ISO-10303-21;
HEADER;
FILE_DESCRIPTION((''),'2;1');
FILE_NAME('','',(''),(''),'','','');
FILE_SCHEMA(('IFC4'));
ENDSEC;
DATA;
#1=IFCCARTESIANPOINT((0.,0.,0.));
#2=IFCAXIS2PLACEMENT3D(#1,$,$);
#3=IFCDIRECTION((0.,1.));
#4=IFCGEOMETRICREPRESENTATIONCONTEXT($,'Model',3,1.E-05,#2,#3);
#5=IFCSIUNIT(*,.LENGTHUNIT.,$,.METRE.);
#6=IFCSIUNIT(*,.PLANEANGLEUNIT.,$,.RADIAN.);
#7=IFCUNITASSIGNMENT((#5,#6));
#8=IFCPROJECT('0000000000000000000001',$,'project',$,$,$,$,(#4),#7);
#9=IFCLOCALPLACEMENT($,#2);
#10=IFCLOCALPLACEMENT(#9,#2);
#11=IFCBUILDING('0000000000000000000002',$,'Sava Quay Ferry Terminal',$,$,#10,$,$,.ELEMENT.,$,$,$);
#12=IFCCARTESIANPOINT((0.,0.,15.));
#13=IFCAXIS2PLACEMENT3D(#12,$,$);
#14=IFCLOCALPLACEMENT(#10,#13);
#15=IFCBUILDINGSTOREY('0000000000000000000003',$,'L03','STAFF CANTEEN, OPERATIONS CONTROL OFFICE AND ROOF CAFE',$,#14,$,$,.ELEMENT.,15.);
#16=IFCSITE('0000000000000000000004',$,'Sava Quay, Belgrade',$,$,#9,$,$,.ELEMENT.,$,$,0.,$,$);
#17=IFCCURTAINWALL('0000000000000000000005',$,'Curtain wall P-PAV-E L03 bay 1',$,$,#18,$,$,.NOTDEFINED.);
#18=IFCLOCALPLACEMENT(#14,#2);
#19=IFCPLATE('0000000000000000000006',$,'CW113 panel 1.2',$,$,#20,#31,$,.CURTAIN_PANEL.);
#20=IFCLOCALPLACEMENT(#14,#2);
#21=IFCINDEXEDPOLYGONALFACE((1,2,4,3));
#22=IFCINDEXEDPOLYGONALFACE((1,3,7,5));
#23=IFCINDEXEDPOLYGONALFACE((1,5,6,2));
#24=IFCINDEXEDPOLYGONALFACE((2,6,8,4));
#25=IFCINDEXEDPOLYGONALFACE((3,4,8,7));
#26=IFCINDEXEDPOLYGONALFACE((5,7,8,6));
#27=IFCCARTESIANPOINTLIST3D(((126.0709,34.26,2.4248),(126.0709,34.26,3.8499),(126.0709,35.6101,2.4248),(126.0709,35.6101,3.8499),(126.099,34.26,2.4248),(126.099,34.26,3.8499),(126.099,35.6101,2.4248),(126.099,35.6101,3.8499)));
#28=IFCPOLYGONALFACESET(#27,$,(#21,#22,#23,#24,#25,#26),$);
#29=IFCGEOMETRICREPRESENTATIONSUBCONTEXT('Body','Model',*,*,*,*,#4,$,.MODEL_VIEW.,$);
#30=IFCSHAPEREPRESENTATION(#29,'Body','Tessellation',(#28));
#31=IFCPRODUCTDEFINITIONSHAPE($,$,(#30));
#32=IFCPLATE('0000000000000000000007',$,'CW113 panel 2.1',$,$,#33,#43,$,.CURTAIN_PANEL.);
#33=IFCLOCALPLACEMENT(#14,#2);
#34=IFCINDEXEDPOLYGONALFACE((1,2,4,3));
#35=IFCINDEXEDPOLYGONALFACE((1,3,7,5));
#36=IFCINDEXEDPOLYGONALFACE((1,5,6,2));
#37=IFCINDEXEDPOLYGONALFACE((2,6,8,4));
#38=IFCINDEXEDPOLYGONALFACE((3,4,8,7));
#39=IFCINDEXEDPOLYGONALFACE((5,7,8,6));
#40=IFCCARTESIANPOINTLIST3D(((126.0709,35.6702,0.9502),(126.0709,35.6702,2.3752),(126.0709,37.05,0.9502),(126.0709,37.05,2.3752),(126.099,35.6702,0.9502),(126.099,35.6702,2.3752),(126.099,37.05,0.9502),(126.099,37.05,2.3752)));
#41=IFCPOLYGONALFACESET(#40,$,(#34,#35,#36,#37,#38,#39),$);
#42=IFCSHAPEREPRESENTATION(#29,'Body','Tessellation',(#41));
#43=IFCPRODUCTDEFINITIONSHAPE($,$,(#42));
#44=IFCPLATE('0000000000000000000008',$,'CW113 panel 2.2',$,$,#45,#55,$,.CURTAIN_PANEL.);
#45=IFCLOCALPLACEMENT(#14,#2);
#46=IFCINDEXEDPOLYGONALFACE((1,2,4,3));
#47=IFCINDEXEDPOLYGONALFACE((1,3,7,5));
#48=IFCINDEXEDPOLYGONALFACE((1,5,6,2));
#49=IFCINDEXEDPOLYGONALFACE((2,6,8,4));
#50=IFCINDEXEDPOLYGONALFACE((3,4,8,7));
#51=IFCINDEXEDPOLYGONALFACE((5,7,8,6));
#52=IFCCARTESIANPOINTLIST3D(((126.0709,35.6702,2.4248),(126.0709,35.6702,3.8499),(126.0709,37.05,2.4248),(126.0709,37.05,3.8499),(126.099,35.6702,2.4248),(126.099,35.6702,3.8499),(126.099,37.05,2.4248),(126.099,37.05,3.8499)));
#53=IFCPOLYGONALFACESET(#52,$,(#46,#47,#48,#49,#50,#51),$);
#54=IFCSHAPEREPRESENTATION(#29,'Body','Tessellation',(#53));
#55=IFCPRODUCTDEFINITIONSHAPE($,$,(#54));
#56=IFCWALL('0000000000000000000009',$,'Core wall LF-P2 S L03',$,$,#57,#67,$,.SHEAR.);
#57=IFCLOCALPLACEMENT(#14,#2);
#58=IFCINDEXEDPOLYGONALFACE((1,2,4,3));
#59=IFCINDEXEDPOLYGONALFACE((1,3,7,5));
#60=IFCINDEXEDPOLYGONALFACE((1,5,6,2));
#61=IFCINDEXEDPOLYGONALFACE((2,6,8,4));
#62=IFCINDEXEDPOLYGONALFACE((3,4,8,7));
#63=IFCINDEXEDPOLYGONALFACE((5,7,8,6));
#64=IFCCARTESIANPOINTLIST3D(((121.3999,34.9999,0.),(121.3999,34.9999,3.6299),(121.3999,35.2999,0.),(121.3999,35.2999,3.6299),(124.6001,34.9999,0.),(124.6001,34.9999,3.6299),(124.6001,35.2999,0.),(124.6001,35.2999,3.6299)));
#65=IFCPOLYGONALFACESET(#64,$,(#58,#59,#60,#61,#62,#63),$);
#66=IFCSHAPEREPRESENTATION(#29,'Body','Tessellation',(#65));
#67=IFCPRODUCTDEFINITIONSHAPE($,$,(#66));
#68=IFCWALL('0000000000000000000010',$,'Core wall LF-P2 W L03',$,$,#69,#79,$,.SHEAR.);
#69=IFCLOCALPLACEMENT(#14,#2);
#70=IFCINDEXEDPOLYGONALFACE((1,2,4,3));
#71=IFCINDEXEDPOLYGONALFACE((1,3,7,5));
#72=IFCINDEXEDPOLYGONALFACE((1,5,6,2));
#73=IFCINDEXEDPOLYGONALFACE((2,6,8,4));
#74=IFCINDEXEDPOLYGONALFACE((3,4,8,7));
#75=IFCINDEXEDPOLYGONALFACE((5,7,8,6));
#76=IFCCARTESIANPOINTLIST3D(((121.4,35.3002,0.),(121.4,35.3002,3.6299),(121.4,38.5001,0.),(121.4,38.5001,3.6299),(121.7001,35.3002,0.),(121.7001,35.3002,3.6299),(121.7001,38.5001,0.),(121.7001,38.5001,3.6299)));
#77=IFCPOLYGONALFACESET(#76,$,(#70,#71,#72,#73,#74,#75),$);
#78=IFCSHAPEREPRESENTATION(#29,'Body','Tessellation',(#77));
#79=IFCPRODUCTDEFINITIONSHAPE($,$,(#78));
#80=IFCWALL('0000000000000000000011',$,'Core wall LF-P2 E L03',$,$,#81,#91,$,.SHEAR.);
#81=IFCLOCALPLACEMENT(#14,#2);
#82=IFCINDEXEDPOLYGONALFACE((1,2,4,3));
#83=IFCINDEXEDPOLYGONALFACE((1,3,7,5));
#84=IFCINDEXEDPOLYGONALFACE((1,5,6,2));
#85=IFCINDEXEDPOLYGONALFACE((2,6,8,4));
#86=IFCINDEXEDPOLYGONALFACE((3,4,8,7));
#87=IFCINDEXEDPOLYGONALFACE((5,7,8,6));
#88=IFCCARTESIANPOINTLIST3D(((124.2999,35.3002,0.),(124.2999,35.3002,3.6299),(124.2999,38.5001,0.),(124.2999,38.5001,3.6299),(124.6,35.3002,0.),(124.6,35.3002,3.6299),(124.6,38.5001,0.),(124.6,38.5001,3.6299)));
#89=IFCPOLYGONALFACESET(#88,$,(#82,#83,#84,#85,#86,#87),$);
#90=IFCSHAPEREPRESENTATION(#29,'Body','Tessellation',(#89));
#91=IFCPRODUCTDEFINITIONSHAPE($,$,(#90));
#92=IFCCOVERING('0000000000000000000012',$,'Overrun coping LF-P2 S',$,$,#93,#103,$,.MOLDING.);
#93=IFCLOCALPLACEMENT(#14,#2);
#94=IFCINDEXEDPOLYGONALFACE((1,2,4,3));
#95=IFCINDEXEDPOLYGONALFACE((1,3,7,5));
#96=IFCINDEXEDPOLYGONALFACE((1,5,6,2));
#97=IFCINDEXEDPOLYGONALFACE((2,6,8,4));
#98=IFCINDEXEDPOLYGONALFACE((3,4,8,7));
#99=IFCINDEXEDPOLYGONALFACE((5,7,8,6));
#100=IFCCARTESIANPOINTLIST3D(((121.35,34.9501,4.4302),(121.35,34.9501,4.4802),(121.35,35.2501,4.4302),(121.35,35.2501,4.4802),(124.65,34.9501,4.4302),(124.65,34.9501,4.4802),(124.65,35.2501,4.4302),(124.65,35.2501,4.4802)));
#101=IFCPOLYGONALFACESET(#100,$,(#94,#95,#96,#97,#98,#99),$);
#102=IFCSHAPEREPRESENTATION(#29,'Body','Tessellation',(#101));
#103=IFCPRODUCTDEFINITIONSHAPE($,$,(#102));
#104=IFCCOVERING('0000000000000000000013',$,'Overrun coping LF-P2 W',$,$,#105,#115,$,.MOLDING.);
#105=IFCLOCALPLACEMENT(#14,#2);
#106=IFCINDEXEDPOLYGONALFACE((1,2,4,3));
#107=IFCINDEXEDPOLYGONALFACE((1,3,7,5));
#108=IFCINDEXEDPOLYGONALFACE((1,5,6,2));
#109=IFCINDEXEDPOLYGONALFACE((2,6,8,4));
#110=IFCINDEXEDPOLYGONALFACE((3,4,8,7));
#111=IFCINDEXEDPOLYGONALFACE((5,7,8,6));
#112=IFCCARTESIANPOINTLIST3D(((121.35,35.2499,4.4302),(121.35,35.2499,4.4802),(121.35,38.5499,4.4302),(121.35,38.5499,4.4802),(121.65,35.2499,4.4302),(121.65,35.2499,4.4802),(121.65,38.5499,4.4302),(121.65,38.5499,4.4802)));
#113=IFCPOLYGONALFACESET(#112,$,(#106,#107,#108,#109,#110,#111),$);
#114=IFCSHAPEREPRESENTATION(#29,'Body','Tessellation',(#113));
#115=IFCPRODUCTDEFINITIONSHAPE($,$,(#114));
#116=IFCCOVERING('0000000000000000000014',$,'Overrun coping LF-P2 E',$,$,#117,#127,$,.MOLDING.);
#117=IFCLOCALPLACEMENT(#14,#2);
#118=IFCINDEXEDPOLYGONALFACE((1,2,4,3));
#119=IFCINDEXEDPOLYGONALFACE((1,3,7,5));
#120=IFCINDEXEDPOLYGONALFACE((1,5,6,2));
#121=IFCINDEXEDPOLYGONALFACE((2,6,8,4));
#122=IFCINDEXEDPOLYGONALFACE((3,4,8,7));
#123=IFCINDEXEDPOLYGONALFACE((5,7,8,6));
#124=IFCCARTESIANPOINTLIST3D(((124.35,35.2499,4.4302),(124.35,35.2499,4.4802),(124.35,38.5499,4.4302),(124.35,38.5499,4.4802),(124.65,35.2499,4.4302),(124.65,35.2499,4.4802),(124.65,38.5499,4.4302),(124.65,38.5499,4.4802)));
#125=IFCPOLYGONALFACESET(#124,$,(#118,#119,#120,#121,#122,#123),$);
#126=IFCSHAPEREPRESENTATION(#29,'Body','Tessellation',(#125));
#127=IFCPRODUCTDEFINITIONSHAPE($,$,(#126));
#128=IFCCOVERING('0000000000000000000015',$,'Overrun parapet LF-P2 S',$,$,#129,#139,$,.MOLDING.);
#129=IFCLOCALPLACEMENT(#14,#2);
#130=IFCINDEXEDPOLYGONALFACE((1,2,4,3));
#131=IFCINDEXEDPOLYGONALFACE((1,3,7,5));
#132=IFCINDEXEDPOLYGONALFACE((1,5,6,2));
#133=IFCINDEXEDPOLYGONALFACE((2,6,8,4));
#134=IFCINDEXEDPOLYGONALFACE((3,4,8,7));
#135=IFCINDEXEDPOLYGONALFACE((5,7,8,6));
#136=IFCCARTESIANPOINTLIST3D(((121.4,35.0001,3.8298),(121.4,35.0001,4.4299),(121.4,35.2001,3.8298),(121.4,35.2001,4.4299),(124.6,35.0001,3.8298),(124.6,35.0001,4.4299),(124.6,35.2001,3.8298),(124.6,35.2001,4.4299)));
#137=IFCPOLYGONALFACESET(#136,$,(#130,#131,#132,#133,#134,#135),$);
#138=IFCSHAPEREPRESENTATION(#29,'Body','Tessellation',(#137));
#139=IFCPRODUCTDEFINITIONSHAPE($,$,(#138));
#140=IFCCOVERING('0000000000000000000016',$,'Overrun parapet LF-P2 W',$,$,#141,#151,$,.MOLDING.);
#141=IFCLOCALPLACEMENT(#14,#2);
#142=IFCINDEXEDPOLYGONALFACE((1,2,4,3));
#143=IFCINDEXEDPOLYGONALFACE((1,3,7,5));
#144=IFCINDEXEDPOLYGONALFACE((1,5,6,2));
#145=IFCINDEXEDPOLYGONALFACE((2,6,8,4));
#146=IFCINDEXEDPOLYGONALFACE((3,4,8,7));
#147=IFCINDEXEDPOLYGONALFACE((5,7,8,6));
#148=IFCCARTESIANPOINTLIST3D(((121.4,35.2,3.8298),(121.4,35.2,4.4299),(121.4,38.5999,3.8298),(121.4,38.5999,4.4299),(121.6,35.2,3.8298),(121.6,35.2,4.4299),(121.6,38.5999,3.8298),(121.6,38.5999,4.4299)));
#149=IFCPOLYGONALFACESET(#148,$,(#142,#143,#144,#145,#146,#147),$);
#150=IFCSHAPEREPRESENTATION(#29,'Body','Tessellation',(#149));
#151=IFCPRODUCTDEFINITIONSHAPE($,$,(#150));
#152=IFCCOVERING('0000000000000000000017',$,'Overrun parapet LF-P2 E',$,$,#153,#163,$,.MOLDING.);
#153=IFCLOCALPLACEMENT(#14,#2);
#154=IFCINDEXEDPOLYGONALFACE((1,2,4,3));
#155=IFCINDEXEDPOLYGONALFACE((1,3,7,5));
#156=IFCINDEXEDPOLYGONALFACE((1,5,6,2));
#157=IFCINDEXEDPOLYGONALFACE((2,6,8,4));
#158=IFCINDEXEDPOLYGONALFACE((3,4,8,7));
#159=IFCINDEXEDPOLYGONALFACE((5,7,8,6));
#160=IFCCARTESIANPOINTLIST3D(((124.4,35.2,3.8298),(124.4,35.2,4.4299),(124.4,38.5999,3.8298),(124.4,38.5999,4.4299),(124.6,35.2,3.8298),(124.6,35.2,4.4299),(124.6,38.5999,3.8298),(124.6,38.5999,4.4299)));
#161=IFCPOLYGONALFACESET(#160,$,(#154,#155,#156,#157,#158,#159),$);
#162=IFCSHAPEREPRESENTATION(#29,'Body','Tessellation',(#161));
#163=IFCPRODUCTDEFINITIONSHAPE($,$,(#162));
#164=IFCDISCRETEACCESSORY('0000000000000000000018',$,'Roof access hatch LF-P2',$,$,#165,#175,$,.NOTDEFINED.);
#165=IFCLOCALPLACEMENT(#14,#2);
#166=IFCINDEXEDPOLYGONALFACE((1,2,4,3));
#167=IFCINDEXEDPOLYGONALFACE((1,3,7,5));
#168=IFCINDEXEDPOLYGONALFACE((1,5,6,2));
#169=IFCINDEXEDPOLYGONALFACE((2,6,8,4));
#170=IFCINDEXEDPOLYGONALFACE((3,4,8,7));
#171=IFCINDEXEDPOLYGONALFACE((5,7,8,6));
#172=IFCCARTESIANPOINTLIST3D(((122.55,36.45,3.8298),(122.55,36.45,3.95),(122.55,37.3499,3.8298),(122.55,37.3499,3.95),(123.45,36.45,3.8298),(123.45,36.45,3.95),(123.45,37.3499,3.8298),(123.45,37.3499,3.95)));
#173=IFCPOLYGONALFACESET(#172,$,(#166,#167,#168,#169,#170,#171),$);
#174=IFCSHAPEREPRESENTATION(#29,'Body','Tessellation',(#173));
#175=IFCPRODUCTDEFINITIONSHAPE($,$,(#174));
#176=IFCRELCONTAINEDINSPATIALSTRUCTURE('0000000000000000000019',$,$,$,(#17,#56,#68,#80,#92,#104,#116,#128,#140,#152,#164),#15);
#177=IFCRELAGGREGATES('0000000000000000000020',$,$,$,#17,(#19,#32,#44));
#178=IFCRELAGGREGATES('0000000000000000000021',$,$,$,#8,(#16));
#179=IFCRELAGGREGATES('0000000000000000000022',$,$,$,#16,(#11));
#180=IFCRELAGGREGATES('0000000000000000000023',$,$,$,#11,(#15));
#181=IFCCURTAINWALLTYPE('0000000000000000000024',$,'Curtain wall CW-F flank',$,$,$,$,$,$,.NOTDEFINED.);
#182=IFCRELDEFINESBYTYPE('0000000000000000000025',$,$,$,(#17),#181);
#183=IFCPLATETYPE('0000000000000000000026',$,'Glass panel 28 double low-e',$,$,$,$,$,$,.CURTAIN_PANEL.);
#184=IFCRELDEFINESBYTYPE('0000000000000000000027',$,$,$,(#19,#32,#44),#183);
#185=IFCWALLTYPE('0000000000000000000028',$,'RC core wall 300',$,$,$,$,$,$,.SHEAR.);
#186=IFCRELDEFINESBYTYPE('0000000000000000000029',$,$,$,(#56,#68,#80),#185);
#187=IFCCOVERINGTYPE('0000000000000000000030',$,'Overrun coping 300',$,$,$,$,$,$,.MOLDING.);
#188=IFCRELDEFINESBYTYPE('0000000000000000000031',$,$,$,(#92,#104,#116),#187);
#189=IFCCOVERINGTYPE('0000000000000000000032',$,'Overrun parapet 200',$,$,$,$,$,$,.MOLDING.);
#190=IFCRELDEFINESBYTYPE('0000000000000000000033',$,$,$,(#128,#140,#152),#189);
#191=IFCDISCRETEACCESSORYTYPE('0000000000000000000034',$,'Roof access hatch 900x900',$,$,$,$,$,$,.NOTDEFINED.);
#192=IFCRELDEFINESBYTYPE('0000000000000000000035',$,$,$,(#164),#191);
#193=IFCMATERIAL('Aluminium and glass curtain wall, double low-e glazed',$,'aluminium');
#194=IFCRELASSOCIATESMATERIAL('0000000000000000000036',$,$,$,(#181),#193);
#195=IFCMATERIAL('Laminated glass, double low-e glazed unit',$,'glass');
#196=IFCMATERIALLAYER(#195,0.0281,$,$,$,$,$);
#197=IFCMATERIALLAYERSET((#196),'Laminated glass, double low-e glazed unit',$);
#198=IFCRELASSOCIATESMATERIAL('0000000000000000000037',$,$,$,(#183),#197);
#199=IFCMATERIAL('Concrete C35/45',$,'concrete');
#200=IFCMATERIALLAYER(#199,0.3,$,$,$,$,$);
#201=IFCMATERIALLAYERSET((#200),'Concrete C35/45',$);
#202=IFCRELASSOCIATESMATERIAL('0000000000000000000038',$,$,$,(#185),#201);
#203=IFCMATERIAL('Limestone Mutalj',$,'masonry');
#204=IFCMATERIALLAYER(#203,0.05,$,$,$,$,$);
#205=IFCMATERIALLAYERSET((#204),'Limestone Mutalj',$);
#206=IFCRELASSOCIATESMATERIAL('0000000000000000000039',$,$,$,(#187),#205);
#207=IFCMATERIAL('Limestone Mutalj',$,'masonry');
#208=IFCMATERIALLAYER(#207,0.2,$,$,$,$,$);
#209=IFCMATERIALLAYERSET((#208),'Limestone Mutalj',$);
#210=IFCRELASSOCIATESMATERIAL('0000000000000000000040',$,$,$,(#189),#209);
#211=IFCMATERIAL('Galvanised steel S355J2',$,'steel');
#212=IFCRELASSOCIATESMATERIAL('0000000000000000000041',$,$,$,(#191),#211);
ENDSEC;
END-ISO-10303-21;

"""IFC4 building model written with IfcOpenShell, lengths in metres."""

from ifc_helpers import new_model, si_unit, direction, frame, frame_2d, origin, origin_2d, place, context, subcontext, project, spatial, rectangle, extrude, material, layer, layer_set, type_object, element, aggregate, save


model = new_model("IFC4")

# Units and contexts
model_context = context("Model", 3, precision=1e-05, world=origin(), true_north=direction((0.0, 1.0)))
body_context = subcontext(model_context, "Body", "Model", "MODEL_VIEW")
ifc_project = project(units=[si_unit("LENGTHUNIT", "METRE"), si_unit("PLANEANGLEUNIT", "RADIAN")], contexts=[model_context])

# Site, building, storey
site_placement = place(None, origin())
site = spatial("IfcSite", under=ifc_project, at=site_placement, Name="Sava Quay, Belgrade", CompositionType="ELEMENT", RefElevation=0.0)
building_placement = place(site_placement, origin())
building = spatial("IfcBuilding", under=site, at=building_placement, Name="Sava Quay Ferry Terminal", CompositionType="ELEMENT")
storey_placement = place(building_placement, frame((0.0, 0.0, 15.0)))
storey = spatial("IfcBuildingStorey", under=building, at=storey_placement, Name="L03", Description="STAFF CANTEEN, OPERATIONS CONTROL OFFICE AND ROOF CAFE", CompositionType="ELEMENT", Elevation=15.0)

# Curtain wall
ifc_material_1 = material(Name="Aluminium and glass curtain wall, double low-e glazed", Category="aluminium")
curtain_wall_type = type_object("IfcCurtainWallType", Name="Curtain wall CW-F flank", PredefinedType="NOTDEFINED", material=ifc_material_1)
curtain_wall_placement = place(storey_placement, origin())
curtain_wall = element("IfcCurtainWall", 1, at=curtain_wall_placement, inside=storey, type_object=curtain_wall_type, Name="Curtain wall P-PAV-E L03 bay 1", PredefinedType="NOTDEFINED")

# Plates
ifc_material_2 = material(Name="Laminated glass, double low-e glazed unit", Category="glass")
ifc_layer_1 = layer(ifc_material_2, 0.0281)
ifc_layer_set_1 = layer_set([ifc_layer_1], Name="Laminated glass, double low-e glazed unit")
plate_type = type_object("IfcPlateType", Name="Glass panel 28 double low-e", PredefinedType="CURTAIN_PANEL", material=ifc_layer_set_1)
plate_1_placement = place(storey_placement, frame((126.085, 34.9351, 2.4248), z_axis=(0.0, 0.0, 1.0), x_axis=(0.0, 1.0, 0.0)))
plate_1 = element("IfcPlate", 2, at=plate_1_placement, type_object=plate_type, Name="CW113 panel 1.2", PredefinedType="CURTAIN_PANEL", context=body_context, shape_type="SweptSolid", body=[
    extrude(rectangle(XDim=1.3501, YDim=0.0281, at=origin_2d()), origin(), (0.0, 0.0, 1.0), 1.425),
])
plate_2_placement = place(storey_placement, frame((126.085, 36.3601, 0.9502), z_axis=(0.0, 0.0, 1.0), x_axis=(0.0, 1.0, 0.0)))
plate_2 = element("IfcPlate", 3, at=plate_2_placement, type_object=plate_type, Name="CW113 panel 2.1", PredefinedType="CURTAIN_PANEL", context=body_context, shape_type="SweptSolid", body=[
    extrude(rectangle(XDim=1.3799, YDim=0.0281, at=origin_2d()), origin(), (0.0, 0.0, 1.0), 1.425),
])
plate_3_placement = place(storey_placement, frame((126.085, 36.3601, 2.4248), z_axis=(0.0, 0.0, 1.0), x_axis=(0.0, 1.0, 0.0)))
plate_3 = element("IfcPlate", 4, at=plate_3_placement, type_object=plate_type, Name="CW113 panel 2.2", PredefinedType="CURTAIN_PANEL", context=body_context, shape_type="SweptSolid", body=[
    extrude(rectangle(XDim=1.3799, YDim=0.0281, at=origin_2d()), origin(), (0.0, 0.0, 1.0), 1.425),
])
aggregate(curtain_wall, [plate_1, plate_2, plate_3])

# Walls
ifc_material_3 = material(Name="Concrete C35/45", Category="concrete")
ifc_layer_2 = layer(ifc_material_3, 0.3)
ifc_layer_set_2 = layer_set([ifc_layer_2], Name="Concrete C35/45")
wall_type = type_object("IfcWallType", Name="RC core wall 300", PredefinedType="SHEAR", material=ifc_layer_set_2)
wall_placement = place(storey_placement, frame((121.3999, 35.1499, 0.0), z_axis=(0.0, 0.0, 1.0), x_axis=(1.0, 0.0, 0.0)))
element("IfcWall", 5, at=wall_placement, inside=storey, type_object=wall_type, Name="Core wall LF-P2 S L03", PredefinedType="SHEAR", context=body_context, shape_type="SweptSolid", body=[
    extrude(rectangle(XDim=3.2002, YDim=0.3, at=frame_2d((1.6001, 0.0))), origin(), (0.0, 0.0, 1.0), 3.6299),
])
for number, where, z_axis, x_axis, name in (
    (6, (121.55, 35.3, 0.0), (0.0, 0.0, 1.0), (0.0, 1.0, 0.0), "Core wall LF-P2 W L03"),
    (7, (124.45, 35.3, 0.0), (0.0, 0.0, 1.0), (0.0, 1.0, 0.0), "Core wall LF-P2 E L03"),
):
    element("IfcWall", number, at=place(storey_placement, frame(where, z_axis=z_axis, x_axis=x_axis)), inside=storey, type_object=wall_type, Name=name, PredefinedType="SHEAR", context=body_context, shape_type="SweptSolid", body=[
        extrude(rectangle(XDim=3.2, YDim=0.3, at=frame_2d((1.6001, 0.0))), origin(), (0.0, 0.0, 1.0), 3.6299),
    ])

# Coverings
ifc_material_4 = material(Name="Limestone Mutalj", Category="masonry")
ifc_layer_3 = layer(ifc_material_4, 0.05)
ifc_layer_set_3 = layer_set([ifc_layer_3], Name="Limestone Mutalj")
covering_type_1 = type_object("IfcCoveringType", Name="Overrun coping 300", PredefinedType="MOLDING", material=ifc_layer_set_3)
covering_1_placement = place(storey_placement, frame((123.0, 35.1001, 4.4302), z_axis=(0.0, 0.0, 1.0), x_axis=(1.0, 0.0, 0.0)))
element("IfcCovering", 8, at=covering_1_placement, inside=storey, type_object=covering_type_1, Name="Overrun coping LF-P2 S", PredefinedType="MOLDING", context=body_context, shape_type="SweptSolid", body=[
    extrude(rectangle(XDim=3.3, YDim=0.3, at=origin_2d()), origin(), (0.0, 0.0, 1.0), 0.05),
])
for number, where, z_axis, x_axis, name in (
    (9, (121.5, 36.8999, 4.4302), (0.0, 0.0, 1.0), (1.0, 0.0, 0.0), "Overrun coping LF-P2 W"),
    (10, (124.5, 36.8999, 4.4302), (0.0, 0.0, 1.0), (1.0, 0.0, 0.0), "Overrun coping LF-P2 E"),
):
    element("IfcCovering", number, at=place(storey_placement, frame(where, z_axis=z_axis, x_axis=x_axis)), inside=storey, type_object=covering_type_1, Name=name, PredefinedType="MOLDING", context=body_context, shape_type="SweptSolid", body=[
        extrude(rectangle(XDim=0.3, YDim=3.3, at=origin_2d()), origin(), (0.0, 0.0, 1.0), 0.05),
    ])
ifc_material_5 = material(Name="Limestone Mutalj", Category="masonry")
ifc_layer_4 = layer(ifc_material_5, 0.2)
ifc_layer_set_4 = layer_set([ifc_layer_4], Name="Limestone Mutalj")
covering_type_2 = type_object("IfcCoveringType", Name="Overrun parapet 200", PredefinedType="MOLDING", material=ifc_layer_set_4)
covering_2_placement = place(storey_placement, frame((123.0, 35.1001, 3.8298), z_axis=(0.0, 0.0, 1.0), x_axis=(1.0, 0.0, 0.0)))
element("IfcCovering", 11, at=covering_2_placement, inside=storey, type_object=covering_type_2, Name="Overrun parapet LF-P2 S", PredefinedType="MOLDING", context=body_context, shape_type="SweptSolid", body=[
    extrude(rectangle(XDim=3.2, YDim=0.2, at=origin_2d()), origin(), (0.0, 0.0, 1.0), 0.6001),
])
for number, where, z_axis, x_axis, name in (
    (12, (121.5, 36.8999, 3.8298), (0.0, 0.0, 1.0), (1.0, 0.0, 0.0), "Overrun parapet LF-P2 W"),
    (13, (124.5, 36.8999, 3.8298), (0.0, 0.0, 1.0), (1.0, 0.0, 0.0), "Overrun parapet LF-P2 E"),
):
    element("IfcCovering", number, at=place(storey_placement, frame(where, z_axis=z_axis, x_axis=x_axis)), inside=storey, type_object=covering_type_2, Name=name, PredefinedType="MOLDING", context=body_context, shape_type="SweptSolid", body=[
        extrude(rectangle(XDim=0.2, YDim=3.3999, at=origin_2d()), origin(), (0.0, 0.0, 1.0), 0.6001),
    ])

# Discrete accessory
ifc_material_6 = material(Name="Galvanised steel S355J2", Category="steel")
discrete_accessory_type = type_object("IfcDiscreteAccessoryType", Name="Roof access hatch 900x900", PredefinedType="NOTDEFINED", material=ifc_material_6)
discrete_accessory_placement = place(storey_placement, frame((123.0, 36.8999, 3.8298), z_axis=(0.0, 0.0, 1.0), x_axis=(1.0, 0.0, 0.0)))
element("IfcDiscreteAccessory", 14, at=discrete_accessory_placement, inside=storey, type_object=discrete_accessory_type, Name="Roof access hatch LF-P2", PredefinedType="NOTDEFINED", context=body_context, shape_type="SweptSolid", body=[
    extrude(rectangle(XDim=0.8999, YDim=0.8999, at=origin_2d()), origin(), (0.0, 0.0, 1.0), 0.1201),
])

save(model, "model.ifc")
